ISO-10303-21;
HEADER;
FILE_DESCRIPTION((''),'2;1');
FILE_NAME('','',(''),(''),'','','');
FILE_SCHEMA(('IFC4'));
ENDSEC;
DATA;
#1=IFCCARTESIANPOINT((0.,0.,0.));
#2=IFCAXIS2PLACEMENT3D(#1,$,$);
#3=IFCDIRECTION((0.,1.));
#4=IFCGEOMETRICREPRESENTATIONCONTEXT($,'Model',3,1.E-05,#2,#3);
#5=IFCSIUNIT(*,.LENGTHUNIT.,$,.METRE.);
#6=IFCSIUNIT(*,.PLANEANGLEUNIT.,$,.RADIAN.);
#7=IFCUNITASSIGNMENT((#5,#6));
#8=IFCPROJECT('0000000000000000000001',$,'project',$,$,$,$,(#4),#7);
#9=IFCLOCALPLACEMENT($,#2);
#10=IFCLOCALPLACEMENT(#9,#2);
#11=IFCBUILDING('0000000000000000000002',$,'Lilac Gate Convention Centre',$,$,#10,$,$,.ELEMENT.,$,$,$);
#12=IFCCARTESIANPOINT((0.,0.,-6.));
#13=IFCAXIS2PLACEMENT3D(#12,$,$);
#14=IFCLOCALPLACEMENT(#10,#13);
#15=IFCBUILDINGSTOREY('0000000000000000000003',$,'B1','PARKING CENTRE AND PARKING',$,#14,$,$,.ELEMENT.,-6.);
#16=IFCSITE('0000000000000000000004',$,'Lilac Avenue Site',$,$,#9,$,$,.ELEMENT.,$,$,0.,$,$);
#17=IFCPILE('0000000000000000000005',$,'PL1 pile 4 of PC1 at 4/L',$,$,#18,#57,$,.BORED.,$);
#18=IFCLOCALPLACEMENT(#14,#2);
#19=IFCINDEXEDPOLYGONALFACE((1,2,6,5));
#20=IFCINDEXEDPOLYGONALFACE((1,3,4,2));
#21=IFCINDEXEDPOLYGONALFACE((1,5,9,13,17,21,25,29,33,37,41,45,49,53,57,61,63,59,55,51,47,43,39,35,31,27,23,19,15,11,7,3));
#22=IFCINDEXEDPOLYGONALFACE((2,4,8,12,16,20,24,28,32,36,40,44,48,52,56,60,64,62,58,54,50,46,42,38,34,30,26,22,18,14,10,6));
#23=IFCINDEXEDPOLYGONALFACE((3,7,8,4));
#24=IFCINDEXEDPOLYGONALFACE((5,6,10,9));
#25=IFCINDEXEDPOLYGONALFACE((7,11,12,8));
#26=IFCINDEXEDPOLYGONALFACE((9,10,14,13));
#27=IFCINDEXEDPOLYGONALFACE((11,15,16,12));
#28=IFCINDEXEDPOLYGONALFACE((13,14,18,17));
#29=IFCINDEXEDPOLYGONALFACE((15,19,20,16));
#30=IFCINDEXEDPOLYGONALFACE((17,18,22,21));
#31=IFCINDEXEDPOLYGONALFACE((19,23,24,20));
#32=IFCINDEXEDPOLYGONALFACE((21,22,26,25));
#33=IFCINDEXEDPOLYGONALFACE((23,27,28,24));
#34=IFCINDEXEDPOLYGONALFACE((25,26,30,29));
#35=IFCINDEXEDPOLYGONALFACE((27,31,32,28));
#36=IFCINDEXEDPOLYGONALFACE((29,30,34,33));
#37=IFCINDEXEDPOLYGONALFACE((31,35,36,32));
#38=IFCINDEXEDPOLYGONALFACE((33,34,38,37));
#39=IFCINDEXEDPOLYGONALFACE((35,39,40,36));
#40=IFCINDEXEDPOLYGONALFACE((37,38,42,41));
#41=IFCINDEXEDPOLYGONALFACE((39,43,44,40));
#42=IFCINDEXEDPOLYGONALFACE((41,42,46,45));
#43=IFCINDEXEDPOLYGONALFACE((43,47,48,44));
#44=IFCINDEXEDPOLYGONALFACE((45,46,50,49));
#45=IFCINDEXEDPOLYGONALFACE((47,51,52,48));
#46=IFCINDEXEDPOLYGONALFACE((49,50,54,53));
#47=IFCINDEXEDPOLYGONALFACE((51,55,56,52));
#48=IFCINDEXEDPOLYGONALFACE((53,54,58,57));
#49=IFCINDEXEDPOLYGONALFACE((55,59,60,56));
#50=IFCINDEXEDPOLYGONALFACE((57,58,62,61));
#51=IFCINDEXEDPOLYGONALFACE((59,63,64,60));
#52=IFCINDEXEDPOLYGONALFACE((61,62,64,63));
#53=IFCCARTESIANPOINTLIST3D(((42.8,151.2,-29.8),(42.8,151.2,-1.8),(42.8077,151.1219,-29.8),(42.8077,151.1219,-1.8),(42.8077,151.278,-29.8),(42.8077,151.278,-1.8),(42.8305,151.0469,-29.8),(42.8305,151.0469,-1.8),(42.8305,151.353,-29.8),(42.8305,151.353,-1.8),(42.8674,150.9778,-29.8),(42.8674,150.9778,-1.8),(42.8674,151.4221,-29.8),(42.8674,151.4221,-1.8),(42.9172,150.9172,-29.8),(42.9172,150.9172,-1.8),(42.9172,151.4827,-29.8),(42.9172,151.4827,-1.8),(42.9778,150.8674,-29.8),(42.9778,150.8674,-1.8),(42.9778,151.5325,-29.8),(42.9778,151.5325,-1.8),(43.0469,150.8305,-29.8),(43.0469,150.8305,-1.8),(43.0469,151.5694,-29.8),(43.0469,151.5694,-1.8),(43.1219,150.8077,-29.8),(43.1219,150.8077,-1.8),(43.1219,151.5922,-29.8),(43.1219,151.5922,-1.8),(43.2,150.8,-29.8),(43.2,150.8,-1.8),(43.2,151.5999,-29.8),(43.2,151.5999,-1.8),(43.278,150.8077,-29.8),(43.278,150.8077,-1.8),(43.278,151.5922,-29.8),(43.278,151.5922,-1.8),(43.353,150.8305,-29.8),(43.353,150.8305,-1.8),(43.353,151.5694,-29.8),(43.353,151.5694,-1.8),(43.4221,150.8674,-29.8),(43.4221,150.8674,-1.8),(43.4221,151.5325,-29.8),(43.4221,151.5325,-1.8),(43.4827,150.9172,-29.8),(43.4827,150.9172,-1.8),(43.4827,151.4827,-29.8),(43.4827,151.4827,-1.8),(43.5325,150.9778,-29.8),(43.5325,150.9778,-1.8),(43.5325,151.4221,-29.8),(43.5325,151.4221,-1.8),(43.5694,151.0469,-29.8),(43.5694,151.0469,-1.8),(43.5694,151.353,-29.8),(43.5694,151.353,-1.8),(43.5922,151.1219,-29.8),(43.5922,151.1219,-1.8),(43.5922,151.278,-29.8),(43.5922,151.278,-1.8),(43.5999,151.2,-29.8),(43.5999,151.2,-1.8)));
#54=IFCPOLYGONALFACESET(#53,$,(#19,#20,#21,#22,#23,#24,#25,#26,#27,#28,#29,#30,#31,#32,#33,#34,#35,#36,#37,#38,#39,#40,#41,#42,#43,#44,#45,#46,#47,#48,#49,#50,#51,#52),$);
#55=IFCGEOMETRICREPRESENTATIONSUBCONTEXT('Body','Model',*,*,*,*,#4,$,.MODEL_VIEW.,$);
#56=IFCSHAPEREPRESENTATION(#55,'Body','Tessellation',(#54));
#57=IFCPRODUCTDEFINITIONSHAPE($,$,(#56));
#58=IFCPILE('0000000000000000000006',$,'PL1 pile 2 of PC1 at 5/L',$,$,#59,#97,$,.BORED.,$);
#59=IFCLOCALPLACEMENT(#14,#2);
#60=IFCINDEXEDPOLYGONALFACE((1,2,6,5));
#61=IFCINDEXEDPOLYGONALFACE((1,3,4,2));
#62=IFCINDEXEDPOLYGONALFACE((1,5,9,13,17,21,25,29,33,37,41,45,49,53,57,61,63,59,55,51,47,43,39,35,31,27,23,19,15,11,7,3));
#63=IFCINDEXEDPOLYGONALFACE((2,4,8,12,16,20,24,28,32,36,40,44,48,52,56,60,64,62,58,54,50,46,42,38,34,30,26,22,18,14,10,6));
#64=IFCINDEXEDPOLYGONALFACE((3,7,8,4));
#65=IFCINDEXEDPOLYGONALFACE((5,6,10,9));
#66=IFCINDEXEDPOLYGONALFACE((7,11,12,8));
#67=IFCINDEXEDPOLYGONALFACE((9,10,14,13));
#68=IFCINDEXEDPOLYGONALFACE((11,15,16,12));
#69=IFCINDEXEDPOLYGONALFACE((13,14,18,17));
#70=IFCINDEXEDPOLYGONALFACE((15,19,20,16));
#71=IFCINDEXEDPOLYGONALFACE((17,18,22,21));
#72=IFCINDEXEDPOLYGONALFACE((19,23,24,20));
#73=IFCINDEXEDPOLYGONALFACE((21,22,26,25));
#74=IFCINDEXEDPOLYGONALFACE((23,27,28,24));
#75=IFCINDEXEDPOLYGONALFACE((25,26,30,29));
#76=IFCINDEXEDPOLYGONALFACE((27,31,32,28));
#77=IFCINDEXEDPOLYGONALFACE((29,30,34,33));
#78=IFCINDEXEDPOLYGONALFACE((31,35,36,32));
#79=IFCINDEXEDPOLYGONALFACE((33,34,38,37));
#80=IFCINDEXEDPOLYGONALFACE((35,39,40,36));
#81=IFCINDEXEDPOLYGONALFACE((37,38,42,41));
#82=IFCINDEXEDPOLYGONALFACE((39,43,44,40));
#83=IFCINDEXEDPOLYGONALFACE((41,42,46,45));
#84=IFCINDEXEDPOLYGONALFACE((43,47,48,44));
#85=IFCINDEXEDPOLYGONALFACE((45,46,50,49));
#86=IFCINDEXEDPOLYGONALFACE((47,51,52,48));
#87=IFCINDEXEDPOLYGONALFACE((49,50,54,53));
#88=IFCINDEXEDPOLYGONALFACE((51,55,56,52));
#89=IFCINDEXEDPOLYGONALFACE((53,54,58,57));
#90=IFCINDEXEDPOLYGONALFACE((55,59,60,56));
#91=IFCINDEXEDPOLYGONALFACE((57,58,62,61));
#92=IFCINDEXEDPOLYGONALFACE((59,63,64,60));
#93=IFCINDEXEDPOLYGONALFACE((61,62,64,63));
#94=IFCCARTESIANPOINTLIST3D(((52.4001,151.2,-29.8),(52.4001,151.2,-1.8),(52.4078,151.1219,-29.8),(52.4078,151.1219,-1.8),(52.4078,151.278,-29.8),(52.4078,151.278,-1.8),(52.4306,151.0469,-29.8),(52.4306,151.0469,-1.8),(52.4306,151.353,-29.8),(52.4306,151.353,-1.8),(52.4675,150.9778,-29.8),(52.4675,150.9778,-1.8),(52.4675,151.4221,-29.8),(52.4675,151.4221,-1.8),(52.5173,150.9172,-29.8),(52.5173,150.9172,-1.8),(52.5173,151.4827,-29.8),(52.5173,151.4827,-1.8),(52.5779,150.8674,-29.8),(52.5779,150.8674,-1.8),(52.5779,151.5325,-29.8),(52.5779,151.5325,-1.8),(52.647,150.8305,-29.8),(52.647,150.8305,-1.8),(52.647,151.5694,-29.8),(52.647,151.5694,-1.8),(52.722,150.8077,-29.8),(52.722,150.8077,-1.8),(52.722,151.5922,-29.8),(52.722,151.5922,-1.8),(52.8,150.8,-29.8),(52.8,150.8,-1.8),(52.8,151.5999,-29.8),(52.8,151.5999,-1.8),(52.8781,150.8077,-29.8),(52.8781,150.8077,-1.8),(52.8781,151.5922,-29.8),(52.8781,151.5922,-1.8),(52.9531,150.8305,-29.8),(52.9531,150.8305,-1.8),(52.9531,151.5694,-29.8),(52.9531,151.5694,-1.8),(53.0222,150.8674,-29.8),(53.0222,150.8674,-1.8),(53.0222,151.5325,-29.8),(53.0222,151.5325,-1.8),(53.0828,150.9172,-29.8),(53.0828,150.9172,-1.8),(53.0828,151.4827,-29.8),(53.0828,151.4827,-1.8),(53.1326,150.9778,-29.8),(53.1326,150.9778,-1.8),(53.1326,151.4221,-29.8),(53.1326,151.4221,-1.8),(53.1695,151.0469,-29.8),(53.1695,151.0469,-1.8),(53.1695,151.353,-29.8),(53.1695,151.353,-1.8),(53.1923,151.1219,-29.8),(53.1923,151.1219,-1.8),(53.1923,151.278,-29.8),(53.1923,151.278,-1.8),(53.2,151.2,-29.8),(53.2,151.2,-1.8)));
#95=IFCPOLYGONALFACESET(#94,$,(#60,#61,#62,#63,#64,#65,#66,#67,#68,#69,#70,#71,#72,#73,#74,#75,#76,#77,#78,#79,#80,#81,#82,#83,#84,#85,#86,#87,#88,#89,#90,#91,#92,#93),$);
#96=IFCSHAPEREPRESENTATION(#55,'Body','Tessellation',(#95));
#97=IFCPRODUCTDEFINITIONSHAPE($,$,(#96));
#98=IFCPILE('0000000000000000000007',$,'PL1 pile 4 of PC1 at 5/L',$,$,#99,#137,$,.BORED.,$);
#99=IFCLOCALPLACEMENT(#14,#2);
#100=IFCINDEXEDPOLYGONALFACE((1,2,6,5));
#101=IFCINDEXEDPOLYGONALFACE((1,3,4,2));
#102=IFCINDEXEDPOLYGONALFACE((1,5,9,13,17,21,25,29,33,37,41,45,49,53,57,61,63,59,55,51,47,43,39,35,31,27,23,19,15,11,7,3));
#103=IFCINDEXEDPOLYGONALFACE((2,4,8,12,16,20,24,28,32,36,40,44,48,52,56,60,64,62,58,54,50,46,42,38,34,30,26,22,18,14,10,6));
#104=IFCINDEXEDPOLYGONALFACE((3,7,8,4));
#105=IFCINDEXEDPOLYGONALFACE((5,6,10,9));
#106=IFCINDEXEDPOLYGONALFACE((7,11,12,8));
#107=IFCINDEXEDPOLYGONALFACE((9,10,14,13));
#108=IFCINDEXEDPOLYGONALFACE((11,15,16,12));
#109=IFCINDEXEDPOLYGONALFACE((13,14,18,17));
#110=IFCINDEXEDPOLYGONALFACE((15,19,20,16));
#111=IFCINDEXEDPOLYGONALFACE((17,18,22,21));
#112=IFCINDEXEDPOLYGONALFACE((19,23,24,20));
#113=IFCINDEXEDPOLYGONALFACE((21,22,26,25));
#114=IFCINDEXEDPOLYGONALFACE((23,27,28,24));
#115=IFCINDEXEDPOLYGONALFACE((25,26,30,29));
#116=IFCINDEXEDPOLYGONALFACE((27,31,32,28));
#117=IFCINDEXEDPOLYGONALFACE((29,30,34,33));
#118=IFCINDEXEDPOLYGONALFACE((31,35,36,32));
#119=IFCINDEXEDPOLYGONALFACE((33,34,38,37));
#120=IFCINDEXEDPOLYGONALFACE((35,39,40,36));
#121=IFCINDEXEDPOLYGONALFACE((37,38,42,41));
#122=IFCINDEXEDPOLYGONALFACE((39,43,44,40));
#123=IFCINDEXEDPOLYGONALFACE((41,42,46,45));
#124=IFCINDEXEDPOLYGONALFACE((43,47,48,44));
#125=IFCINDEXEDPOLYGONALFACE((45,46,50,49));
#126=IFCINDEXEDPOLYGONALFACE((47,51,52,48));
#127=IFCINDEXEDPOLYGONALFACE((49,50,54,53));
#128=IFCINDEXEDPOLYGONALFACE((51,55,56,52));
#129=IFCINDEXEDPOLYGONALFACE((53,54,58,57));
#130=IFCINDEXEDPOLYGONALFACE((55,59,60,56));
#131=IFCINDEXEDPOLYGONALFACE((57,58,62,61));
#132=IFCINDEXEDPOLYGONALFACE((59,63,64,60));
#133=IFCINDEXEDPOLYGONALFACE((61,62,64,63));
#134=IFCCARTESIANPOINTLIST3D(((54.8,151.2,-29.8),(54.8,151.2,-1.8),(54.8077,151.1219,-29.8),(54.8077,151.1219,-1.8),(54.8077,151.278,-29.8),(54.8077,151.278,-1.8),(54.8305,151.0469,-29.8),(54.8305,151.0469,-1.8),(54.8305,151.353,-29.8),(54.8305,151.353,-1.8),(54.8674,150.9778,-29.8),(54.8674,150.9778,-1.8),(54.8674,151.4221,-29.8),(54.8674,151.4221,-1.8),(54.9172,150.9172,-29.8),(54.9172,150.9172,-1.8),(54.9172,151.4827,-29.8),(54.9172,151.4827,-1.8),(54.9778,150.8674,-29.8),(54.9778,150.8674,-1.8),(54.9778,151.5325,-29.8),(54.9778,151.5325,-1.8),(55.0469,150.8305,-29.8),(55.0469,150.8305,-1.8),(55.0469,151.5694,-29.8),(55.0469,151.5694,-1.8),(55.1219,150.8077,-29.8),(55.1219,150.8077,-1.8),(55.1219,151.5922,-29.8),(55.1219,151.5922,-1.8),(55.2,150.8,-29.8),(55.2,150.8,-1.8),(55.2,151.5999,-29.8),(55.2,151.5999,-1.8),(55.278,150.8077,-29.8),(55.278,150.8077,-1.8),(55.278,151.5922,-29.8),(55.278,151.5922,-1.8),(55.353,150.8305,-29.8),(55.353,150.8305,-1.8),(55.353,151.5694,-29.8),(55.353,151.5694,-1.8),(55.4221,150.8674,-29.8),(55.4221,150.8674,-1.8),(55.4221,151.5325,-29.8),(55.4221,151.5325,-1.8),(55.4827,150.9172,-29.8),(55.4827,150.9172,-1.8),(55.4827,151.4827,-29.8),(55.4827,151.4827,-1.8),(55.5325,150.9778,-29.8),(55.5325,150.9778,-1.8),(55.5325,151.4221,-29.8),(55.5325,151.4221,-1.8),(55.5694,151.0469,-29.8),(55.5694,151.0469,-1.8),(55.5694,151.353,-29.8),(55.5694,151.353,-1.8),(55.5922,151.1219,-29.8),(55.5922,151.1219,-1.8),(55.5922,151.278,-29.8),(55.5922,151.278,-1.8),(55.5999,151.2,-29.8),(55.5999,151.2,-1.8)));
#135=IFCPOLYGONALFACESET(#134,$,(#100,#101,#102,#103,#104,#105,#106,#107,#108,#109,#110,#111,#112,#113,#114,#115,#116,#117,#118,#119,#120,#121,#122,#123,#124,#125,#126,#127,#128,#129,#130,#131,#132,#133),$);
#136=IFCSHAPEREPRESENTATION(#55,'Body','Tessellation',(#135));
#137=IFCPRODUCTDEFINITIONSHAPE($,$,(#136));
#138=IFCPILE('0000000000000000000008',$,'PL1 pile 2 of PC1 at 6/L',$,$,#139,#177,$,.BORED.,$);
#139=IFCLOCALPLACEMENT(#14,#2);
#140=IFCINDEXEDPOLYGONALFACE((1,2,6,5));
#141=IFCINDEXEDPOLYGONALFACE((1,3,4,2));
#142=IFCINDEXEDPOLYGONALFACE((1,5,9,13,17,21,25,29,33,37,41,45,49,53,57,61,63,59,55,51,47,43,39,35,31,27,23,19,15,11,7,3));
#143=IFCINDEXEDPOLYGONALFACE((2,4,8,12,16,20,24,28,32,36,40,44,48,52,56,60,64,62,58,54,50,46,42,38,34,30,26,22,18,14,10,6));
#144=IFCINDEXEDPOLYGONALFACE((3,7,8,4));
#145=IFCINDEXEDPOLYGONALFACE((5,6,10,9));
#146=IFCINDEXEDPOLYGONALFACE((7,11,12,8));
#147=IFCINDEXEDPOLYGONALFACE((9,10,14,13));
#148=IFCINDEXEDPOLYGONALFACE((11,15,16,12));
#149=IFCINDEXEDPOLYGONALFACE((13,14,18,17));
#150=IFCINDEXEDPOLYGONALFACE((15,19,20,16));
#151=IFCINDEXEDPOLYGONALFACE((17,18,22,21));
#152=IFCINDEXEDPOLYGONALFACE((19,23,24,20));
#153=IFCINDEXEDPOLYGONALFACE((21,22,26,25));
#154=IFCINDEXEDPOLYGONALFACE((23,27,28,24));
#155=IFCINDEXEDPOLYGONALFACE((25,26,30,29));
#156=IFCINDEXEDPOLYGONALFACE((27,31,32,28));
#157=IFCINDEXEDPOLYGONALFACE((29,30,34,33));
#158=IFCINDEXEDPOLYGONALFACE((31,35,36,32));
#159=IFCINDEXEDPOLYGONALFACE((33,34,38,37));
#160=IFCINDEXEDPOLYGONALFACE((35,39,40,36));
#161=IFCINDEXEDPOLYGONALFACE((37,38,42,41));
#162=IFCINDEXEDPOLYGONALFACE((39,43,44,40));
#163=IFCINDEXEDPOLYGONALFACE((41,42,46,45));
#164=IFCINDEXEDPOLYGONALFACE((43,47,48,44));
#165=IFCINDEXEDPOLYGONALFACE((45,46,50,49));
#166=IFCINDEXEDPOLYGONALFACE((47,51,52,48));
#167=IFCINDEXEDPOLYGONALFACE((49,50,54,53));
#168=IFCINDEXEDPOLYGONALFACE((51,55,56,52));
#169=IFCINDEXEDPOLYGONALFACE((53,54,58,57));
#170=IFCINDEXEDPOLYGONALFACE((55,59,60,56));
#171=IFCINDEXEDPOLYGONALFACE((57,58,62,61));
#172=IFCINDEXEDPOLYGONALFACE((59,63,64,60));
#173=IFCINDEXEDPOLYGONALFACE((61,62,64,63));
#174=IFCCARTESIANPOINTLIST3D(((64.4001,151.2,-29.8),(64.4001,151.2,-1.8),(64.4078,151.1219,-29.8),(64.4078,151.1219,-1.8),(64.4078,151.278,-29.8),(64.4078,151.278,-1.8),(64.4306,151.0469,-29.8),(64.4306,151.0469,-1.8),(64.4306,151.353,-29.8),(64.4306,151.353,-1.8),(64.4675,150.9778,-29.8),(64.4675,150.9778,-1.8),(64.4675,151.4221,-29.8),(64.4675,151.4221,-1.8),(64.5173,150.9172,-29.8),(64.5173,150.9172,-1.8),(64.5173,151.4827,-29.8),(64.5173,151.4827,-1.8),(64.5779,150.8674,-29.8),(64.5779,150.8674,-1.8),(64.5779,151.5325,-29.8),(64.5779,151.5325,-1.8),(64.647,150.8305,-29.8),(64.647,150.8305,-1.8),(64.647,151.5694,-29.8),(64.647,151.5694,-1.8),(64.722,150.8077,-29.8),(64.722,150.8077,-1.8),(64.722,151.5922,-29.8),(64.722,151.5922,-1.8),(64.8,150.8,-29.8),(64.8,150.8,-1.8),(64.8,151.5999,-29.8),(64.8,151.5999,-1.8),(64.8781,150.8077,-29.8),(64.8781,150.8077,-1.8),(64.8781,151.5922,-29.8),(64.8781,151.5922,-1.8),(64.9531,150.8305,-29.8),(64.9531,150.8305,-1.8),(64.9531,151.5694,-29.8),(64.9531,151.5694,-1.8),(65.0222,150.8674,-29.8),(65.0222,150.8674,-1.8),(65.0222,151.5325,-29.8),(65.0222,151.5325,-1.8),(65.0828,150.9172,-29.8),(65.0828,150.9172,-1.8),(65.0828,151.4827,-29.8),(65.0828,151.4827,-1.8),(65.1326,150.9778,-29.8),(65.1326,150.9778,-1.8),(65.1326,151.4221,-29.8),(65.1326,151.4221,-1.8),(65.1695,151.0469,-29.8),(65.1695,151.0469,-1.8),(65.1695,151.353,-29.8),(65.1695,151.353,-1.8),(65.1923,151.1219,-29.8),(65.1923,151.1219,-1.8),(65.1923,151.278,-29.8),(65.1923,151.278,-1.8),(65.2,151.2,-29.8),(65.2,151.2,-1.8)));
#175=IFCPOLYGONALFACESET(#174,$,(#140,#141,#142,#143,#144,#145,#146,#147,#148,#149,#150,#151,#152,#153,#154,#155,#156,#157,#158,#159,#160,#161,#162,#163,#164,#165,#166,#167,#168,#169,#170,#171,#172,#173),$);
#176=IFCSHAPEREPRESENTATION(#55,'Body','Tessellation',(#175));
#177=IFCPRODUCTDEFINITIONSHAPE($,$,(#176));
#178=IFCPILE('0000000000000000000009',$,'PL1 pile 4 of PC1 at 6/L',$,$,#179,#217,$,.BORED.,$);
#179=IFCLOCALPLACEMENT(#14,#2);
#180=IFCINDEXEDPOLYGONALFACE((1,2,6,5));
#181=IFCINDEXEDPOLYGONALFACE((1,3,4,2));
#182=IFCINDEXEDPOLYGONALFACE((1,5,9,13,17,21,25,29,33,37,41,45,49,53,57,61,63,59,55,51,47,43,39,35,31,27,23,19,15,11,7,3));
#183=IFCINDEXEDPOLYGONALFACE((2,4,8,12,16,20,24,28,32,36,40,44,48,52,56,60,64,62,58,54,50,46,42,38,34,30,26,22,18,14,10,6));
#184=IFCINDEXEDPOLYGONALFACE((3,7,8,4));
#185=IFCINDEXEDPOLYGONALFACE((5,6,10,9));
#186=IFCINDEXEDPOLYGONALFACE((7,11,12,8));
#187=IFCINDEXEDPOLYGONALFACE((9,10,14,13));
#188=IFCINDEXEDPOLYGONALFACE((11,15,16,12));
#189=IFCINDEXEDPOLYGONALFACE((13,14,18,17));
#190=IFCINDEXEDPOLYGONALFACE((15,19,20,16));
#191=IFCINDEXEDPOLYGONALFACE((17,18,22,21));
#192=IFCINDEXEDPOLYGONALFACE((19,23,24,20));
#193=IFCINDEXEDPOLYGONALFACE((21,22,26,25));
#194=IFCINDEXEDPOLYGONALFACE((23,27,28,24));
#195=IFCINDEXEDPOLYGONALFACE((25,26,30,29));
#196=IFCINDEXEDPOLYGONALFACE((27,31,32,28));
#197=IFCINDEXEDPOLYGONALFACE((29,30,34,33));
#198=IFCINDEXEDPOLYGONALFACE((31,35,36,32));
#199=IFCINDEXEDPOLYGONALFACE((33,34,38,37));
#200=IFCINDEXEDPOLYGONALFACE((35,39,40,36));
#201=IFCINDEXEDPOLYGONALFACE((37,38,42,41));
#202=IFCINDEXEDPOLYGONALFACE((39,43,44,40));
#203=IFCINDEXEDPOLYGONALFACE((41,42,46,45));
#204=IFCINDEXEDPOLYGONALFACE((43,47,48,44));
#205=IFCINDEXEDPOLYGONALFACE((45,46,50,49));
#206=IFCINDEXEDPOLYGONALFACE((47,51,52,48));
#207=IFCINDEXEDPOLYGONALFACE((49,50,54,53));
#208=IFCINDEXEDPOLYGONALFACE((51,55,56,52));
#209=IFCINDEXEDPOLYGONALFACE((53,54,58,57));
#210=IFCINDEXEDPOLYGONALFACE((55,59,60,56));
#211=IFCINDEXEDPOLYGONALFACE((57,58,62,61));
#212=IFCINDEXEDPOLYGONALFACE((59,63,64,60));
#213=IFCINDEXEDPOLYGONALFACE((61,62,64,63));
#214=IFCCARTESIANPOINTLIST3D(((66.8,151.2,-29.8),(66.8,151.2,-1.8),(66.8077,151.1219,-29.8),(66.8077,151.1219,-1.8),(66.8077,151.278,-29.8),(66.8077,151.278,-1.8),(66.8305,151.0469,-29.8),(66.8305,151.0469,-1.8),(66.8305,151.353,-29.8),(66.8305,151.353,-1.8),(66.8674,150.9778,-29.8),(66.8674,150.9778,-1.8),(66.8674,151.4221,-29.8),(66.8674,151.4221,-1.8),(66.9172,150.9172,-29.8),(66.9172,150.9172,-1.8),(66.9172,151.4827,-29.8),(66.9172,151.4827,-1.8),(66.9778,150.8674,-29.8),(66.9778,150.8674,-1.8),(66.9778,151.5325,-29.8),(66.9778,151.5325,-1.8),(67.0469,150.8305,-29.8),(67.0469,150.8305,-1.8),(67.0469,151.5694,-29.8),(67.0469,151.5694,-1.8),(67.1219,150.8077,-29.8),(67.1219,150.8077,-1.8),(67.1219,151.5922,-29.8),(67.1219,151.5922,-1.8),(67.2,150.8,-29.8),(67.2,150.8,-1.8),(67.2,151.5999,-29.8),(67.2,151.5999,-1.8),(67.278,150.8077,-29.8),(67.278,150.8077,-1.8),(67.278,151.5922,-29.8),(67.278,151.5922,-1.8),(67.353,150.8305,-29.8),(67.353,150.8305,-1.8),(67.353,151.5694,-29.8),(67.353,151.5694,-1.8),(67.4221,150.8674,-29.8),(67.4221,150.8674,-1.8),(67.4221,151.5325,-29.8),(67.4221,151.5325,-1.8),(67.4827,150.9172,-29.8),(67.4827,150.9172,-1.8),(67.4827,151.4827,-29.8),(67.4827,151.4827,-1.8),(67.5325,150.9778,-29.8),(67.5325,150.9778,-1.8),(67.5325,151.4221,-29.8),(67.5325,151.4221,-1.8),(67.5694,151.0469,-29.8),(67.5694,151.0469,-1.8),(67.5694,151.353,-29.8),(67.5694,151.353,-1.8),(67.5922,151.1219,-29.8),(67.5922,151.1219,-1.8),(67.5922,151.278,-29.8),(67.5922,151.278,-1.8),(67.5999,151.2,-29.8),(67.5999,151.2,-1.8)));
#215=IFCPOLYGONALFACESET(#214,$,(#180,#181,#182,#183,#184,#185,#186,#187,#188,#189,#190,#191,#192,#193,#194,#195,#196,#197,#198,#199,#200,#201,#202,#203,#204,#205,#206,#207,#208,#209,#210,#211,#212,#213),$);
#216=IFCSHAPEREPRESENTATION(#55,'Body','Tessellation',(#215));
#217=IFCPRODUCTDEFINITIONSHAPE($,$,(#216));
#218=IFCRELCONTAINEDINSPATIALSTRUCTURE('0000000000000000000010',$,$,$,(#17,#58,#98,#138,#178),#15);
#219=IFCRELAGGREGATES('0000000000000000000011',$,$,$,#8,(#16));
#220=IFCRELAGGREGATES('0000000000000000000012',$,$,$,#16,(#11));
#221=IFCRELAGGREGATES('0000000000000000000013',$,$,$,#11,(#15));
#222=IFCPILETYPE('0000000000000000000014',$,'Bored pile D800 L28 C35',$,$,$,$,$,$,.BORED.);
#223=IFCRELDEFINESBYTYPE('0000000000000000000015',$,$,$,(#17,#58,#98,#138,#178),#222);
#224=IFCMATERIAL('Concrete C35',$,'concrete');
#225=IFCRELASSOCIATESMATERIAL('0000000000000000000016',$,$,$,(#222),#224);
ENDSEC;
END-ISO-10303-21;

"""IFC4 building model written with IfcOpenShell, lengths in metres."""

from ifc_helpers import new_model, si_unit, direction, frame, origin, origin_2d, place, context, subcontext, project, spatial, circle, extrude, material, material_profile, profile_set, type_object, element, save


model = new_model("IFC4")

# Units and contexts
model_context = context("Model", 3, precision=1e-05, world=origin(), true_north=direction((0.0, 1.0)))
body_context = subcontext(model_context, "Body", "Model", "MODEL_VIEW")
ifc_project = project(units=[si_unit("LENGTHUNIT", "METRE"), si_unit("PLANEANGLEUNIT", "RADIAN")], contexts=[model_context])

# Site, building, storey
site_placement = place(None, origin())
site = spatial("IfcSite", under=ifc_project, at=site_placement, Name="Lilac Avenue Site", CompositionType="ELEMENT", RefElevation=0.0)
building_placement = place(site_placement, origin())
building = spatial("IfcBuilding", under=site, at=building_placement, Name="Lilac Gate Convention Centre", CompositionType="ELEMENT")
storey_placement = place(building_placement, frame((0.0, 0.0, -6.0)))
storey = spatial("IfcBuildingStorey", under=building, at=storey_placement, Name="B1", Description="PARKING CENTRE AND PARKING", CompositionType="ELEMENT", Elevation=-6.0)

# Piles
ifc_material_1 = material(Name="Concrete C35", Category="concrete")
ifc_material_profile_1 = material_profile(ifc_material_1, circle(Radius=0.3999, at=origin_2d()), Name="D800")
ifc_profile_set_1 = profile_set([ifc_material_profile_1], Name="Concrete C35")
pile_type = type_object("IfcPileType", Name="Bored pile D800 L28 C35", PredefinedType="BORED", material=ifc_profile_set_1)
for number, where, z_axis, x_axis, name in (
    (1, (43.2, 151.2, -1.8), (0.0, 0.0, -1.0), (1.0, 0.0, 0.0), "PL1 pile 4 of PC1 at 4/L"),
    (2, (52.8, 151.2, -1.8), (0.0, 0.0, -1.0), (1.0, 0.0, 0.0), "PL1 pile 2 of PC1 at 5/L"),
    (3, (55.2, 151.2, -1.8), (0.0, 0.0, -1.0), (1.0, 0.0, 0.0), "PL1 pile 4 of PC1 at 5/L"),
    (4, (64.8, 151.2, -1.8), (0.0, 0.0, -1.0), (1.0, 0.0, 0.0), "PL1 pile 2 of PC1 at 6/L"),
    (5, (67.2, 151.2, -1.8), (0.0, 0.0, -1.0), (1.0, 0.0, 0.0), "PL1 pile 4 of PC1 at 6/L"),
):
    element("IfcPile", number, at=place(storey_placement, frame(where, z_axis=z_axis, x_axis=x_axis)), inside=storey, type_object=pile_type, Name=name, PredefinedType="BORED", context=body_context, shape_type="SweptSolid", body=[
        extrude(circle(Radius=0.3999, at=origin_2d()), origin(), (0.0, 0.0, 1.0), 28.0),
    ])

save(model, "model.ifc")
